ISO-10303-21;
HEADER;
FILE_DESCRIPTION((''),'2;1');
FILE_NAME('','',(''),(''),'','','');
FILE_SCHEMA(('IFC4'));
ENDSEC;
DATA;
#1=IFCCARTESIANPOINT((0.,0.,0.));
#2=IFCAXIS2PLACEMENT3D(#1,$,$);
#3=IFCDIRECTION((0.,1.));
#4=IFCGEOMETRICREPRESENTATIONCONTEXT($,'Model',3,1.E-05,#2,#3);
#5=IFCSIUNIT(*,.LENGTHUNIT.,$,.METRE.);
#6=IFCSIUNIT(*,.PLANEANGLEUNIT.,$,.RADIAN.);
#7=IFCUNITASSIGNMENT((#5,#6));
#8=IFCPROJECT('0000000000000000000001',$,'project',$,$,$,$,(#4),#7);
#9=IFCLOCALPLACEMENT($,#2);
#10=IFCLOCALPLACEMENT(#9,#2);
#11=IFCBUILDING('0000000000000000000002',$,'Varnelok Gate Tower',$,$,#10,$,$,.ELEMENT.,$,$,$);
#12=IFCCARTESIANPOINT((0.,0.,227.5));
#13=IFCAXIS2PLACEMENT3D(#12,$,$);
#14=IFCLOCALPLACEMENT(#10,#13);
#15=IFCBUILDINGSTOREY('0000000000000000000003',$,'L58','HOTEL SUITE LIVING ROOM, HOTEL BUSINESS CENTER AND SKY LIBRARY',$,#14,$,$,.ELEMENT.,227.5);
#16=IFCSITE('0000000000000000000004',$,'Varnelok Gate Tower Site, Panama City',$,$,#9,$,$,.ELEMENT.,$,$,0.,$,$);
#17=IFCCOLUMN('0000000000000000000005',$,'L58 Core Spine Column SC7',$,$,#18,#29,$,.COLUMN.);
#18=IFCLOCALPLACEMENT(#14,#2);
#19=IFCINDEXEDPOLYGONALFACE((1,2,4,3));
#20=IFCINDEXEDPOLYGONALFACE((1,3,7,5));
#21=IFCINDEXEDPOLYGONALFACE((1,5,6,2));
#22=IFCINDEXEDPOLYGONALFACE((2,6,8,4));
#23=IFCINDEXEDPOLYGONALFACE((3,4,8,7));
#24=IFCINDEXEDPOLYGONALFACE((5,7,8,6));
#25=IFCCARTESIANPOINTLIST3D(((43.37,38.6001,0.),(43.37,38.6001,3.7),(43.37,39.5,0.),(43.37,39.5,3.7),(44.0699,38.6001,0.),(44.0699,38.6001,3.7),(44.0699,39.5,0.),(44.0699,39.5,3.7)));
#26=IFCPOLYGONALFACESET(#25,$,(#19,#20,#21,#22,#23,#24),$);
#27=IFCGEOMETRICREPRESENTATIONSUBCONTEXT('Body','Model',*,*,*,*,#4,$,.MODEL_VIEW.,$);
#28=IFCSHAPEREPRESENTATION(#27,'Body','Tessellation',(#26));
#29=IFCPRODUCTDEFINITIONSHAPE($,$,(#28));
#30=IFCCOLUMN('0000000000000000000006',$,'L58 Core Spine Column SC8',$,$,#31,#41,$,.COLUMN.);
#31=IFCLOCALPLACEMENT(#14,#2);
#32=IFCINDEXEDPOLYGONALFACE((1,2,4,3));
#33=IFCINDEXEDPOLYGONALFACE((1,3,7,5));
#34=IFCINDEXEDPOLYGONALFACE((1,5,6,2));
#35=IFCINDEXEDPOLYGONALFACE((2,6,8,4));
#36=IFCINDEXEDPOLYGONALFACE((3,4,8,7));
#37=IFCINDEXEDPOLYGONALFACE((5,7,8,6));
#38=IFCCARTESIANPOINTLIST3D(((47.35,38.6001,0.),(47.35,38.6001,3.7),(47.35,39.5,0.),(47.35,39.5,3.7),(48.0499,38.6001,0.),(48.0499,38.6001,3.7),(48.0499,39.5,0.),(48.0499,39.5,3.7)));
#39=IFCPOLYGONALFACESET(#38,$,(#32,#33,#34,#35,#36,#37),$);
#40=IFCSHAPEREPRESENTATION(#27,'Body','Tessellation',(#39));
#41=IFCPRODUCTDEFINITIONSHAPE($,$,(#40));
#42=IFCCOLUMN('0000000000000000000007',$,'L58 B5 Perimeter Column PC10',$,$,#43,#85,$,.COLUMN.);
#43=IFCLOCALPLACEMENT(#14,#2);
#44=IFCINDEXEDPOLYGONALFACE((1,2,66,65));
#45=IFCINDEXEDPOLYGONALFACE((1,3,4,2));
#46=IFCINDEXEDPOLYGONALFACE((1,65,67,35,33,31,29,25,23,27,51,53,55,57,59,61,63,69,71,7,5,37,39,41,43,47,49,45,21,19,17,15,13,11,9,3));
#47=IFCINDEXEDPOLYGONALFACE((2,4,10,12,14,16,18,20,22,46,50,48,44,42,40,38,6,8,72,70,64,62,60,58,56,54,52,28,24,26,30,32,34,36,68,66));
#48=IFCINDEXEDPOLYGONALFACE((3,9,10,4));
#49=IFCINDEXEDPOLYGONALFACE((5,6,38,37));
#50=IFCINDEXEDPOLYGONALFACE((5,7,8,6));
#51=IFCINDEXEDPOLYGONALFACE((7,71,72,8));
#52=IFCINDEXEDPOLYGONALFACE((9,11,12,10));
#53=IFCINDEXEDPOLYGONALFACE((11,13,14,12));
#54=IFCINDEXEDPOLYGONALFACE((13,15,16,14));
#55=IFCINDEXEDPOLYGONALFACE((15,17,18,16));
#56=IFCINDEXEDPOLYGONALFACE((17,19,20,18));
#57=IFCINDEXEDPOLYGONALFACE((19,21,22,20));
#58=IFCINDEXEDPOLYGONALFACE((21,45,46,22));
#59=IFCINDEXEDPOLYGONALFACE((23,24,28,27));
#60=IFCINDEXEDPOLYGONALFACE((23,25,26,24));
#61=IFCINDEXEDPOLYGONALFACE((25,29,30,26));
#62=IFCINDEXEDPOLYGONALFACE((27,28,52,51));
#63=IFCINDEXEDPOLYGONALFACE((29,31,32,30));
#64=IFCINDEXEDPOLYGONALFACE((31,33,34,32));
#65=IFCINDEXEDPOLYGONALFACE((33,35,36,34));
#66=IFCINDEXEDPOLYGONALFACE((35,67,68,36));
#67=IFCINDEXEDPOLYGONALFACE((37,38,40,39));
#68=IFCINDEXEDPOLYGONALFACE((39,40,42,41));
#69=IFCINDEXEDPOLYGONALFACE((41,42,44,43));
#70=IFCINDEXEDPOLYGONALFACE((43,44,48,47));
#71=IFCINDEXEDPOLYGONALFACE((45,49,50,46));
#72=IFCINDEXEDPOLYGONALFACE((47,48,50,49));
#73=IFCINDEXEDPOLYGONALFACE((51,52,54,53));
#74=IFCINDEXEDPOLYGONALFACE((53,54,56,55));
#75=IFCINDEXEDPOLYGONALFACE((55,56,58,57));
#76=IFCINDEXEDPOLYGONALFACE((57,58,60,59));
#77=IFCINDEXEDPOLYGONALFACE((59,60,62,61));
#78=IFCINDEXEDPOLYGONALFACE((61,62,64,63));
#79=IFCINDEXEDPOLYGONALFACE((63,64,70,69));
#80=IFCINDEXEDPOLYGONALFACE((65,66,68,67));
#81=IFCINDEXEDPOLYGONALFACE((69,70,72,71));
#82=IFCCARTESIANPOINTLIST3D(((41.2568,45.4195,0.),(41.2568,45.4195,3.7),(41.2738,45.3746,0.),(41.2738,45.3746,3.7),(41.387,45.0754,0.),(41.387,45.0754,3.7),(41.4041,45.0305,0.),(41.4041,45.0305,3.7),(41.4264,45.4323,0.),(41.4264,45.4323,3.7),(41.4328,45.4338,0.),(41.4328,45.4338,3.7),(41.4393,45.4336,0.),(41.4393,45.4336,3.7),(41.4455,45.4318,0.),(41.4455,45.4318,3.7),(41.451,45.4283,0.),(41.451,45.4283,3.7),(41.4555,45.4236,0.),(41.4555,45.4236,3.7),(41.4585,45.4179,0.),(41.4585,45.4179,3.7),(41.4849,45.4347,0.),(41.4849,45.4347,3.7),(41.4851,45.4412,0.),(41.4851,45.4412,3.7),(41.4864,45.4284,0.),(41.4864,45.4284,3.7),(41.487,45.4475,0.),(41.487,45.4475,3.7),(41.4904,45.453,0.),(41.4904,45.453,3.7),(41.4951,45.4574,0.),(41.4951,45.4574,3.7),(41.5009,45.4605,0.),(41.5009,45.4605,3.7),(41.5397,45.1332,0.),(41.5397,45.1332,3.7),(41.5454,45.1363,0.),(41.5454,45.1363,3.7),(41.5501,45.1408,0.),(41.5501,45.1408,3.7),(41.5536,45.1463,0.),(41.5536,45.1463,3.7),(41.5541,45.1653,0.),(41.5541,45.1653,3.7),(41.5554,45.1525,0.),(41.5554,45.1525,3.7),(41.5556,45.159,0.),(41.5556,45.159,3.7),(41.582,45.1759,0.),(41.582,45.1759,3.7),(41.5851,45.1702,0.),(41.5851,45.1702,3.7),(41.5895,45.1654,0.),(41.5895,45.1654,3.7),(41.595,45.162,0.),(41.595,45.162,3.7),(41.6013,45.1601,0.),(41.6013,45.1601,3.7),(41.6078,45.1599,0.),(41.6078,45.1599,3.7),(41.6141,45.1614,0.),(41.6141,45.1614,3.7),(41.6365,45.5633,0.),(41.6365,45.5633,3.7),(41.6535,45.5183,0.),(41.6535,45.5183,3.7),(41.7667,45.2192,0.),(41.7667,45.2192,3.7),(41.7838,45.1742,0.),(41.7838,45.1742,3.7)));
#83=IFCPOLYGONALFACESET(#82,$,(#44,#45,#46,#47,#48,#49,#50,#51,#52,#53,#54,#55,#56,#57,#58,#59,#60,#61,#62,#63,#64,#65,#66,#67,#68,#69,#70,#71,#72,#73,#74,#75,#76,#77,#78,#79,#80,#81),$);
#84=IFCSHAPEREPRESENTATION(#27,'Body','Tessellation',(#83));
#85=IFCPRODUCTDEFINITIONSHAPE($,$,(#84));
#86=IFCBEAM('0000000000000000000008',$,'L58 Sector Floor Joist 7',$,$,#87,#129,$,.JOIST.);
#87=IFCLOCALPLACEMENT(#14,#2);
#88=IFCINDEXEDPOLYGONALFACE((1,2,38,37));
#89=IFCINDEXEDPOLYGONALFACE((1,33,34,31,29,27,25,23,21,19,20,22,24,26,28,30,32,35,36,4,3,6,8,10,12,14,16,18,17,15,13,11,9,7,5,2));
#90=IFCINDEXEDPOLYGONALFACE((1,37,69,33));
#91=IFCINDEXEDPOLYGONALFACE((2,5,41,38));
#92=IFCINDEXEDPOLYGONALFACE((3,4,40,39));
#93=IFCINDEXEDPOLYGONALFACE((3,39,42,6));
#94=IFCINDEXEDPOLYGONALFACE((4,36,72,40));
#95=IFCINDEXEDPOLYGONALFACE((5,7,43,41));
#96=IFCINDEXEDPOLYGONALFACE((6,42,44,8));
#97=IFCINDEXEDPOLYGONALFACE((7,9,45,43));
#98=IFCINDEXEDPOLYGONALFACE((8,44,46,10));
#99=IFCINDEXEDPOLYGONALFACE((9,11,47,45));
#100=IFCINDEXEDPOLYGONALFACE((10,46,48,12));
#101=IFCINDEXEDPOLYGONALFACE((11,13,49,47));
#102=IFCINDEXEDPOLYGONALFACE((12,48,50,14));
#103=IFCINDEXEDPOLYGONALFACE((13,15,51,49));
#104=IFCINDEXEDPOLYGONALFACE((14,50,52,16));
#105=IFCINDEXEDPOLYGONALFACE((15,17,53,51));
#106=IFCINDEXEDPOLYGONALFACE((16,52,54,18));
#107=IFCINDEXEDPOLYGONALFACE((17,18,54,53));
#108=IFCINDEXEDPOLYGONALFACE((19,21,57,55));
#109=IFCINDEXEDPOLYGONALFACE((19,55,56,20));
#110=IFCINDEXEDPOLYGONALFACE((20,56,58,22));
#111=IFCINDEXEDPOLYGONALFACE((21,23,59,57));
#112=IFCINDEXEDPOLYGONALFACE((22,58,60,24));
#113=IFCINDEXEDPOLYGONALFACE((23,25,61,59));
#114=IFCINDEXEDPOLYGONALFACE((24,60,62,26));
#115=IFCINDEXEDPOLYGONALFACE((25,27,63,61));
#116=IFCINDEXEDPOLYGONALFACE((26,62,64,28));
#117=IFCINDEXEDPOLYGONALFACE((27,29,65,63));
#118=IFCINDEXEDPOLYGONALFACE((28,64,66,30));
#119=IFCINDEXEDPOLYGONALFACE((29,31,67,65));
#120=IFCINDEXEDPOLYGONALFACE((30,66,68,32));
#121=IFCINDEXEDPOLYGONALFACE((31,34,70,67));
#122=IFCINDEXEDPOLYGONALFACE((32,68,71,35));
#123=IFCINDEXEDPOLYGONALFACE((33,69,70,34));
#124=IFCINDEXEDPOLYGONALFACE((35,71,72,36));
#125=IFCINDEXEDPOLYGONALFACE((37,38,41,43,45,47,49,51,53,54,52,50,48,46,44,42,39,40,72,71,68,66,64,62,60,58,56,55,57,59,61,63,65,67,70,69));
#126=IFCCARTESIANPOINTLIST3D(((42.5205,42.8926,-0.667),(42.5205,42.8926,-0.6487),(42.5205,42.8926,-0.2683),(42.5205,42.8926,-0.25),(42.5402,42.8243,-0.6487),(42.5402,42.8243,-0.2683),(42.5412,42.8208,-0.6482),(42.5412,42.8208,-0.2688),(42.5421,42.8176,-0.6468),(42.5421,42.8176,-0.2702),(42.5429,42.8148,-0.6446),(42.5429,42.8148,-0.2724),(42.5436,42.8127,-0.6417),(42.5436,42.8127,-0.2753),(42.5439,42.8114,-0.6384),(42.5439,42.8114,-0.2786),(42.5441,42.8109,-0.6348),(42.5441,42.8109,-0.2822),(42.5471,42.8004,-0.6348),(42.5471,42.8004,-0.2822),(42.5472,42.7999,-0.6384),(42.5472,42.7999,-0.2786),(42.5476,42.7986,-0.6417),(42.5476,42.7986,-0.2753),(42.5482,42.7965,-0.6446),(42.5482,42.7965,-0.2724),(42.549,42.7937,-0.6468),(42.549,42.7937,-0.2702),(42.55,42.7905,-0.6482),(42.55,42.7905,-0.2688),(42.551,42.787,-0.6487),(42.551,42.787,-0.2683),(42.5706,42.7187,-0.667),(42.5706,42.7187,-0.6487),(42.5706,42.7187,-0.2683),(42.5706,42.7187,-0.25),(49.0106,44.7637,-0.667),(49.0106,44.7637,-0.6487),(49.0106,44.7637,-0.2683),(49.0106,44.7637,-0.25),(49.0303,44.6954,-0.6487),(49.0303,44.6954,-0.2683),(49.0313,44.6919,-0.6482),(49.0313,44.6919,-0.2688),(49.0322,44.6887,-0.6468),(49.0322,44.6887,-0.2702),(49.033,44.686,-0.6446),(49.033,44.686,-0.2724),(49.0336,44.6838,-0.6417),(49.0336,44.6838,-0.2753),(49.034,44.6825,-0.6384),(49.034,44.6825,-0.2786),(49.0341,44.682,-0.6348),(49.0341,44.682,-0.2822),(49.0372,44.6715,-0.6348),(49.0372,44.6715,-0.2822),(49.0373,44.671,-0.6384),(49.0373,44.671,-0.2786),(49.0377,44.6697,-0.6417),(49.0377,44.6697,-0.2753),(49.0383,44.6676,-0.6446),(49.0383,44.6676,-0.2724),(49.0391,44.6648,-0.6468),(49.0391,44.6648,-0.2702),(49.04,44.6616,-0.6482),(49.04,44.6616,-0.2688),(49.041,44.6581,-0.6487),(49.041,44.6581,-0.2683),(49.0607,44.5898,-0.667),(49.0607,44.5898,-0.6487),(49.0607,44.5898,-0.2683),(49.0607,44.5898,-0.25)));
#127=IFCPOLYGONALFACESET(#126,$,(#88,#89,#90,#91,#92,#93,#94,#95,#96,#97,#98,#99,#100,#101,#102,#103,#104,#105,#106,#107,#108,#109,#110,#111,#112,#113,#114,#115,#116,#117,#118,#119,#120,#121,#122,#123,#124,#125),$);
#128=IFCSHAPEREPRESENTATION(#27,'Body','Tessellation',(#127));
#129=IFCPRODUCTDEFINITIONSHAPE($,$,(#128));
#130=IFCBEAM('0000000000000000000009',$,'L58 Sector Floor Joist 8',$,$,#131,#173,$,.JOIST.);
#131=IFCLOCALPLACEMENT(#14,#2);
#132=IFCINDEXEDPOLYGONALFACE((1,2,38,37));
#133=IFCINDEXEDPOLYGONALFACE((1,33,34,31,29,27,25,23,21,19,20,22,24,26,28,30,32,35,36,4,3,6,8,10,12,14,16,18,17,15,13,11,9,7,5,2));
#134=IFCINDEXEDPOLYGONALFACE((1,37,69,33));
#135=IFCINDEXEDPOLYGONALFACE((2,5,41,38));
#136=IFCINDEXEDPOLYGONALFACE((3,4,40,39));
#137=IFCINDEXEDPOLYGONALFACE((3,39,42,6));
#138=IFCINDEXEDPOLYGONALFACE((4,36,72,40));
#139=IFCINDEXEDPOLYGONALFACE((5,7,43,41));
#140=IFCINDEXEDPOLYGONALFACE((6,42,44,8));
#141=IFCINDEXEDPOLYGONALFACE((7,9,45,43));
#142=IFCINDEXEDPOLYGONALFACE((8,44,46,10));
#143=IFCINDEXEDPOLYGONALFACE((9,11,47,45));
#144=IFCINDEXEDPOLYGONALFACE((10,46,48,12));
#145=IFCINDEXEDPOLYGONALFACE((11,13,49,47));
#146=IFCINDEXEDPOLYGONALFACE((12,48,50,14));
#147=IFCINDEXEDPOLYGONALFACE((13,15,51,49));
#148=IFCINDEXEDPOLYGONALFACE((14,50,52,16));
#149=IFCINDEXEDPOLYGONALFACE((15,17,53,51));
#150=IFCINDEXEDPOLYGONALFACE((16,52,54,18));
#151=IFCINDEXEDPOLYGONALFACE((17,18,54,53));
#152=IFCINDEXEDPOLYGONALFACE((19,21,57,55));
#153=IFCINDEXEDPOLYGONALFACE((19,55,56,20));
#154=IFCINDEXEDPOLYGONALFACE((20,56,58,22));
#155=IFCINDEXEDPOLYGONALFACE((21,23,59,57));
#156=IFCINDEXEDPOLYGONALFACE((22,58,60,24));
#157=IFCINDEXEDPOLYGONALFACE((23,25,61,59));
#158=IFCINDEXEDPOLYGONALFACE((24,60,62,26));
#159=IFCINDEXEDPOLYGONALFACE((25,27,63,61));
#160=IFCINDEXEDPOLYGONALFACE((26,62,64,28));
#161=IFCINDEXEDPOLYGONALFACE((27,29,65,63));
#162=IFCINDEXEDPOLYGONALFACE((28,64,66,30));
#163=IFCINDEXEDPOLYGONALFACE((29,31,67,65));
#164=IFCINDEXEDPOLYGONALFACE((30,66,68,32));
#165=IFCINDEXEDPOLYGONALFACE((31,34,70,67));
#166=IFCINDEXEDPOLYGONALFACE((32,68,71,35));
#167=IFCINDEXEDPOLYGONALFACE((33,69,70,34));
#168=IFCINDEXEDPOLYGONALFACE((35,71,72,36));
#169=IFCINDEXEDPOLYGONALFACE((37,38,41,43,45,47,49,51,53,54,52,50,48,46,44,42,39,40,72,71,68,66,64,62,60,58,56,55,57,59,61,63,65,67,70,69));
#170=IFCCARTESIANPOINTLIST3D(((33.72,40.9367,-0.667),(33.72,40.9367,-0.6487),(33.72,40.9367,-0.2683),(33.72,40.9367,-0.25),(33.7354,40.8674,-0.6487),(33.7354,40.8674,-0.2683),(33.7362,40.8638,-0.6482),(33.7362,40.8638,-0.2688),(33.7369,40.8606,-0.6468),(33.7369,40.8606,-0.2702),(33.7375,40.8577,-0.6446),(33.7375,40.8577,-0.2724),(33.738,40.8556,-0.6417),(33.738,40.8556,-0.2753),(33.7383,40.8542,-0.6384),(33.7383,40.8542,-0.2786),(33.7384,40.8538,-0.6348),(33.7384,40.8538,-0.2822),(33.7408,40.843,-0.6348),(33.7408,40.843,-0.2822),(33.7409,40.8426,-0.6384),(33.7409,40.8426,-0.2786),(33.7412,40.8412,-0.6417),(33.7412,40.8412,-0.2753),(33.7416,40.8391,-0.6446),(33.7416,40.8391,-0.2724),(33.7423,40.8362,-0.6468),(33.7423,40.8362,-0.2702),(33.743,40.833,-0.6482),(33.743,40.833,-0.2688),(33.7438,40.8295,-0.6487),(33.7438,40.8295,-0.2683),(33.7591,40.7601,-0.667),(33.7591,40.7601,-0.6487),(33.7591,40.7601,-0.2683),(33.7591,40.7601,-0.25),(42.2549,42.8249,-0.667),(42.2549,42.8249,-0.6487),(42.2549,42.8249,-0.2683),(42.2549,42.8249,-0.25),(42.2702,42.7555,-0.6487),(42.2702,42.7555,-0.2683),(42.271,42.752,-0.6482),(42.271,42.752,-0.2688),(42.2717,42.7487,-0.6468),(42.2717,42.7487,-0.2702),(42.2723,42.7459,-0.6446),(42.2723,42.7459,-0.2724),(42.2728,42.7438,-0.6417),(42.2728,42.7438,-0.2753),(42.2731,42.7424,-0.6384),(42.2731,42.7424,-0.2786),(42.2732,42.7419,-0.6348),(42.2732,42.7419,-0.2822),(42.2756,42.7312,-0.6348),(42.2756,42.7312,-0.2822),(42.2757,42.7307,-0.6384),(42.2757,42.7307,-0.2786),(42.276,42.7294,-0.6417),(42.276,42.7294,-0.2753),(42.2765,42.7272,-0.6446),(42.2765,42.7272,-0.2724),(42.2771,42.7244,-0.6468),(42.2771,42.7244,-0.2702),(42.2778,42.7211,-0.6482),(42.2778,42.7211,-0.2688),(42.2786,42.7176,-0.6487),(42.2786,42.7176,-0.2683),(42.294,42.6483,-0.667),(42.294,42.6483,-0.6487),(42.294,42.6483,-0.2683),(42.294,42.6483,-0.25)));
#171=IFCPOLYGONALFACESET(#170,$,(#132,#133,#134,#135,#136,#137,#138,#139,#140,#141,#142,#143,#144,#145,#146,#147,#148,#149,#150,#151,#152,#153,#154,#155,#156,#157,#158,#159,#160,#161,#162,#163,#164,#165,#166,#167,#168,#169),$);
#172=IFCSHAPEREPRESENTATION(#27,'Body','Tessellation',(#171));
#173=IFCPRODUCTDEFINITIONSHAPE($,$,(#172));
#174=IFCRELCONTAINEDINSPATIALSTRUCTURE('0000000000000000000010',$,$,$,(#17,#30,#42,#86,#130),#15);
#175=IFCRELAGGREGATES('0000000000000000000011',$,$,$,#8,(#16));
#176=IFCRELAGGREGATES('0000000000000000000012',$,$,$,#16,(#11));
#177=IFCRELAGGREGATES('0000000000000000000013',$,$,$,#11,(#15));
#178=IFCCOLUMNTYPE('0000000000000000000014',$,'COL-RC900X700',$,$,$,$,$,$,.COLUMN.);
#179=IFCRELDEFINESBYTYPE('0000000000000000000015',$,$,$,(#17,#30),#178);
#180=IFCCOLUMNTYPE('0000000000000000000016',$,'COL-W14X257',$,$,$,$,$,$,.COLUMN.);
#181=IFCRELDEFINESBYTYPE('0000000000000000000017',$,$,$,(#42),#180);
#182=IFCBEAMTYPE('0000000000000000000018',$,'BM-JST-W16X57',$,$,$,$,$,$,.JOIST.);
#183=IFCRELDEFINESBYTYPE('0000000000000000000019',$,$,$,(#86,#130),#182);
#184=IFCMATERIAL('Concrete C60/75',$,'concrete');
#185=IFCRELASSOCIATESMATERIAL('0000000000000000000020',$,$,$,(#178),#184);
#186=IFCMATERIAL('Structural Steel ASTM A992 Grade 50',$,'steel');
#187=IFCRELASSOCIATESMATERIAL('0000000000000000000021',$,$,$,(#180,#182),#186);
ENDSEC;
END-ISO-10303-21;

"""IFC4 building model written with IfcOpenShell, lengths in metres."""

from ifc_helpers import new_model, si_unit, direction, frame, origin, origin_2d, place, context, subcontext, project, spatial, rectangle, i_section, extrude, material, material_profile, profile_set, type_object, element, save


model = new_model("IFC4")

# Units and contexts
model_context = context("Model", 3, precision=1e-05, world=origin(), true_north=direction((0.0, 1.0)))
body_context = subcontext(model_context, "Body", "Model", "MODEL_VIEW")
ifc_project = project(units=[si_unit("LENGTHUNIT", "METRE"), si_unit("PLANEANGLEUNIT", "RADIAN")], contexts=[model_context])

# Site, building, storey
site_placement = place(None, origin())
site = spatial("IfcSite", under=ifc_project, at=site_placement, Name="Varnelok Gate Tower Site, Panama City", CompositionType="ELEMENT", RefElevation=0.0)
building_placement = place(site_placement, origin())
building = spatial("IfcBuilding", under=site, at=building_placement, Name="Varnelok Gate Tower", CompositionType="ELEMENT")
storey_placement = place(building_placement, frame((0.0, 0.0, 227.5)))
storey = spatial("IfcBuildingStorey", under=building, at=storey_placement, Name="L58", Description="HOTEL SUITE LIVING ROOM, HOTEL BUSINESS CENTER AND SKY LIBRARY", CompositionType="ELEMENT", Elevation=227.5)

# Columns
ifc_material_1 = material(Name="Concrete C60/75", Category="concrete")
ifc_material_profile_1 = material_profile(ifc_material_1, rectangle(XDim=0.7, YDim=0.8999, at=origin_2d()), Name="RC900X700")
ifc_profile_set_1 = profile_set([ifc_material_profile_1], Name="Concrete C60/75")
column_type_1 = type_object("IfcColumnType", Name="COL-RC900X700", PredefinedType="COLUMN", material=ifc_profile_set_1)
for number, where, z_axis, x_axis, name in (
    (1, (43.72, 39.05, 0.0), (0.0, 0.0, 1.0), (1.0, 0.0, 0.0), "L58 Core Spine Column SC7"),
    (2, (47.7, 39.05, 0.0), (0.0, 0.0, 1.0), (1.0, 0.0, 0.0), "L58 Core Spine Column SC8"),
):
    element("IfcColumn", number, at=place(storey_placement, frame(where, z_axis=z_axis, x_axis=x_axis)), inside=storey, type_object=column_type_1, Name=name, PredefinedType="COLUMN", context=body_context, shape_type="SweptSolid", body=[
        extrude(rectangle(XDim=0.7, YDim=0.8999, at=origin_2d()), origin(), (0.0, 0.0, 1.0), 3.7),
    ])
ifc_material_2 = material(Name="Structural Steel ASTM A992 Grade 50", Category="steel")
ifc_material_profile_2 = material_profile(ifc_material_2, i_section(OverallWidth=0.406, OverallDepth=0.416, WebThickness=0.0298, FlangeThickness=0.0481, FilletRadius=0.0249, at=origin_2d()), Name="W14X257")
ifc_profile_set_2 = profile_set([ifc_material_profile_2], Name="Structural Steel ASTM A992 Grade 50")
column_type_2 = type_object("IfcColumnType", Name="COL-W14X257", PredefinedType="COLUMN", material=ifc_profile_set_2)
column_placement = place(storey_placement, frame((41.5203, 45.2969, 0.0), z_axis=(0.0, 0.0, 1.0), x_axis=(0.935222, 0.354063, 0.0)))
element("IfcColumn", 3, at=column_placement, inside=storey, type_object=column_type_2, Name="L58 B5 Perimeter Column PC10", PredefinedType="COLUMN", context=body_context, shape_type="SweptSolid", body=[
    extrude(i_section(OverallWidth=0.406, OverallDepth=0.416, WebThickness=0.0298, FlangeThickness=0.0481, FilletRadius=0.0249, at=origin_2d()), origin(), (0.0, 0.0, 1.0), 3.7),
])

# Beams
ifc_material_profile_3 = material_profile(ifc_material_2, i_section(OverallWidth=0.1809, OverallDepth=0.417, WebThickness=0.011, FlangeThickness=0.0183, FilletRadius=0.0139, at=origin_2d()), Name="W16X57")
ifc_profile_set_3 = profile_set([ifc_material_profile_3], Name="Structural Steel ASTM A992 Grade 50")
beam_type_1 = type_object("IfcBeamType", Name="BM-JST-W16X57", PredefinedType="JOIST", material=ifc_profile_set_3)
beam_1_placement = place(storey_placement, frame((49.0356, 44.6768, -0.4585), z_axis=(-0.960864, -0.277021, 0.0), x_axis=(0.277021, -0.960864, 0.0)))
element("IfcBeam", 4, at=beam_1_placement, inside=storey, type_object=beam_type_1, Name="L58 Sector Floor Joist 7", PredefinedType="JOIST", context=body_context, shape_type="SweptSolid", body=[
    extrude(i_section(OverallWidth=0.1809, OverallDepth=0.417, WebThickness=0.011, FlangeThickness=0.0183, FilletRadius=0.0139, at=origin_2d()), origin(), (0.0, 0.0, 1.0), 6.7544),
])
beam_2_placement = place(storey_placement, frame((42.2744, 42.7366, -0.4585), z_axis=(-0.976392, -0.216008, 0.0), x_axis=(0.216008, -0.976392, 0.0)))
element("IfcBeam", 5, at=beam_2_placement, inside=storey, type_object=beam_type_1, Name="L58 Sector Floor Joist 8", PredefinedType="JOIST", context=body_context, shape_type="SweptSolid", body=[
    extrude(i_section(OverallWidth=0.1809, OverallDepth=0.417, WebThickness=0.011, FlangeThickness=0.0183, FilletRadius=0.0139, at=origin_2d()), origin(), (0.0, 0.0, 1.0), 8.7412),
])

save(model, "model.ifc")
